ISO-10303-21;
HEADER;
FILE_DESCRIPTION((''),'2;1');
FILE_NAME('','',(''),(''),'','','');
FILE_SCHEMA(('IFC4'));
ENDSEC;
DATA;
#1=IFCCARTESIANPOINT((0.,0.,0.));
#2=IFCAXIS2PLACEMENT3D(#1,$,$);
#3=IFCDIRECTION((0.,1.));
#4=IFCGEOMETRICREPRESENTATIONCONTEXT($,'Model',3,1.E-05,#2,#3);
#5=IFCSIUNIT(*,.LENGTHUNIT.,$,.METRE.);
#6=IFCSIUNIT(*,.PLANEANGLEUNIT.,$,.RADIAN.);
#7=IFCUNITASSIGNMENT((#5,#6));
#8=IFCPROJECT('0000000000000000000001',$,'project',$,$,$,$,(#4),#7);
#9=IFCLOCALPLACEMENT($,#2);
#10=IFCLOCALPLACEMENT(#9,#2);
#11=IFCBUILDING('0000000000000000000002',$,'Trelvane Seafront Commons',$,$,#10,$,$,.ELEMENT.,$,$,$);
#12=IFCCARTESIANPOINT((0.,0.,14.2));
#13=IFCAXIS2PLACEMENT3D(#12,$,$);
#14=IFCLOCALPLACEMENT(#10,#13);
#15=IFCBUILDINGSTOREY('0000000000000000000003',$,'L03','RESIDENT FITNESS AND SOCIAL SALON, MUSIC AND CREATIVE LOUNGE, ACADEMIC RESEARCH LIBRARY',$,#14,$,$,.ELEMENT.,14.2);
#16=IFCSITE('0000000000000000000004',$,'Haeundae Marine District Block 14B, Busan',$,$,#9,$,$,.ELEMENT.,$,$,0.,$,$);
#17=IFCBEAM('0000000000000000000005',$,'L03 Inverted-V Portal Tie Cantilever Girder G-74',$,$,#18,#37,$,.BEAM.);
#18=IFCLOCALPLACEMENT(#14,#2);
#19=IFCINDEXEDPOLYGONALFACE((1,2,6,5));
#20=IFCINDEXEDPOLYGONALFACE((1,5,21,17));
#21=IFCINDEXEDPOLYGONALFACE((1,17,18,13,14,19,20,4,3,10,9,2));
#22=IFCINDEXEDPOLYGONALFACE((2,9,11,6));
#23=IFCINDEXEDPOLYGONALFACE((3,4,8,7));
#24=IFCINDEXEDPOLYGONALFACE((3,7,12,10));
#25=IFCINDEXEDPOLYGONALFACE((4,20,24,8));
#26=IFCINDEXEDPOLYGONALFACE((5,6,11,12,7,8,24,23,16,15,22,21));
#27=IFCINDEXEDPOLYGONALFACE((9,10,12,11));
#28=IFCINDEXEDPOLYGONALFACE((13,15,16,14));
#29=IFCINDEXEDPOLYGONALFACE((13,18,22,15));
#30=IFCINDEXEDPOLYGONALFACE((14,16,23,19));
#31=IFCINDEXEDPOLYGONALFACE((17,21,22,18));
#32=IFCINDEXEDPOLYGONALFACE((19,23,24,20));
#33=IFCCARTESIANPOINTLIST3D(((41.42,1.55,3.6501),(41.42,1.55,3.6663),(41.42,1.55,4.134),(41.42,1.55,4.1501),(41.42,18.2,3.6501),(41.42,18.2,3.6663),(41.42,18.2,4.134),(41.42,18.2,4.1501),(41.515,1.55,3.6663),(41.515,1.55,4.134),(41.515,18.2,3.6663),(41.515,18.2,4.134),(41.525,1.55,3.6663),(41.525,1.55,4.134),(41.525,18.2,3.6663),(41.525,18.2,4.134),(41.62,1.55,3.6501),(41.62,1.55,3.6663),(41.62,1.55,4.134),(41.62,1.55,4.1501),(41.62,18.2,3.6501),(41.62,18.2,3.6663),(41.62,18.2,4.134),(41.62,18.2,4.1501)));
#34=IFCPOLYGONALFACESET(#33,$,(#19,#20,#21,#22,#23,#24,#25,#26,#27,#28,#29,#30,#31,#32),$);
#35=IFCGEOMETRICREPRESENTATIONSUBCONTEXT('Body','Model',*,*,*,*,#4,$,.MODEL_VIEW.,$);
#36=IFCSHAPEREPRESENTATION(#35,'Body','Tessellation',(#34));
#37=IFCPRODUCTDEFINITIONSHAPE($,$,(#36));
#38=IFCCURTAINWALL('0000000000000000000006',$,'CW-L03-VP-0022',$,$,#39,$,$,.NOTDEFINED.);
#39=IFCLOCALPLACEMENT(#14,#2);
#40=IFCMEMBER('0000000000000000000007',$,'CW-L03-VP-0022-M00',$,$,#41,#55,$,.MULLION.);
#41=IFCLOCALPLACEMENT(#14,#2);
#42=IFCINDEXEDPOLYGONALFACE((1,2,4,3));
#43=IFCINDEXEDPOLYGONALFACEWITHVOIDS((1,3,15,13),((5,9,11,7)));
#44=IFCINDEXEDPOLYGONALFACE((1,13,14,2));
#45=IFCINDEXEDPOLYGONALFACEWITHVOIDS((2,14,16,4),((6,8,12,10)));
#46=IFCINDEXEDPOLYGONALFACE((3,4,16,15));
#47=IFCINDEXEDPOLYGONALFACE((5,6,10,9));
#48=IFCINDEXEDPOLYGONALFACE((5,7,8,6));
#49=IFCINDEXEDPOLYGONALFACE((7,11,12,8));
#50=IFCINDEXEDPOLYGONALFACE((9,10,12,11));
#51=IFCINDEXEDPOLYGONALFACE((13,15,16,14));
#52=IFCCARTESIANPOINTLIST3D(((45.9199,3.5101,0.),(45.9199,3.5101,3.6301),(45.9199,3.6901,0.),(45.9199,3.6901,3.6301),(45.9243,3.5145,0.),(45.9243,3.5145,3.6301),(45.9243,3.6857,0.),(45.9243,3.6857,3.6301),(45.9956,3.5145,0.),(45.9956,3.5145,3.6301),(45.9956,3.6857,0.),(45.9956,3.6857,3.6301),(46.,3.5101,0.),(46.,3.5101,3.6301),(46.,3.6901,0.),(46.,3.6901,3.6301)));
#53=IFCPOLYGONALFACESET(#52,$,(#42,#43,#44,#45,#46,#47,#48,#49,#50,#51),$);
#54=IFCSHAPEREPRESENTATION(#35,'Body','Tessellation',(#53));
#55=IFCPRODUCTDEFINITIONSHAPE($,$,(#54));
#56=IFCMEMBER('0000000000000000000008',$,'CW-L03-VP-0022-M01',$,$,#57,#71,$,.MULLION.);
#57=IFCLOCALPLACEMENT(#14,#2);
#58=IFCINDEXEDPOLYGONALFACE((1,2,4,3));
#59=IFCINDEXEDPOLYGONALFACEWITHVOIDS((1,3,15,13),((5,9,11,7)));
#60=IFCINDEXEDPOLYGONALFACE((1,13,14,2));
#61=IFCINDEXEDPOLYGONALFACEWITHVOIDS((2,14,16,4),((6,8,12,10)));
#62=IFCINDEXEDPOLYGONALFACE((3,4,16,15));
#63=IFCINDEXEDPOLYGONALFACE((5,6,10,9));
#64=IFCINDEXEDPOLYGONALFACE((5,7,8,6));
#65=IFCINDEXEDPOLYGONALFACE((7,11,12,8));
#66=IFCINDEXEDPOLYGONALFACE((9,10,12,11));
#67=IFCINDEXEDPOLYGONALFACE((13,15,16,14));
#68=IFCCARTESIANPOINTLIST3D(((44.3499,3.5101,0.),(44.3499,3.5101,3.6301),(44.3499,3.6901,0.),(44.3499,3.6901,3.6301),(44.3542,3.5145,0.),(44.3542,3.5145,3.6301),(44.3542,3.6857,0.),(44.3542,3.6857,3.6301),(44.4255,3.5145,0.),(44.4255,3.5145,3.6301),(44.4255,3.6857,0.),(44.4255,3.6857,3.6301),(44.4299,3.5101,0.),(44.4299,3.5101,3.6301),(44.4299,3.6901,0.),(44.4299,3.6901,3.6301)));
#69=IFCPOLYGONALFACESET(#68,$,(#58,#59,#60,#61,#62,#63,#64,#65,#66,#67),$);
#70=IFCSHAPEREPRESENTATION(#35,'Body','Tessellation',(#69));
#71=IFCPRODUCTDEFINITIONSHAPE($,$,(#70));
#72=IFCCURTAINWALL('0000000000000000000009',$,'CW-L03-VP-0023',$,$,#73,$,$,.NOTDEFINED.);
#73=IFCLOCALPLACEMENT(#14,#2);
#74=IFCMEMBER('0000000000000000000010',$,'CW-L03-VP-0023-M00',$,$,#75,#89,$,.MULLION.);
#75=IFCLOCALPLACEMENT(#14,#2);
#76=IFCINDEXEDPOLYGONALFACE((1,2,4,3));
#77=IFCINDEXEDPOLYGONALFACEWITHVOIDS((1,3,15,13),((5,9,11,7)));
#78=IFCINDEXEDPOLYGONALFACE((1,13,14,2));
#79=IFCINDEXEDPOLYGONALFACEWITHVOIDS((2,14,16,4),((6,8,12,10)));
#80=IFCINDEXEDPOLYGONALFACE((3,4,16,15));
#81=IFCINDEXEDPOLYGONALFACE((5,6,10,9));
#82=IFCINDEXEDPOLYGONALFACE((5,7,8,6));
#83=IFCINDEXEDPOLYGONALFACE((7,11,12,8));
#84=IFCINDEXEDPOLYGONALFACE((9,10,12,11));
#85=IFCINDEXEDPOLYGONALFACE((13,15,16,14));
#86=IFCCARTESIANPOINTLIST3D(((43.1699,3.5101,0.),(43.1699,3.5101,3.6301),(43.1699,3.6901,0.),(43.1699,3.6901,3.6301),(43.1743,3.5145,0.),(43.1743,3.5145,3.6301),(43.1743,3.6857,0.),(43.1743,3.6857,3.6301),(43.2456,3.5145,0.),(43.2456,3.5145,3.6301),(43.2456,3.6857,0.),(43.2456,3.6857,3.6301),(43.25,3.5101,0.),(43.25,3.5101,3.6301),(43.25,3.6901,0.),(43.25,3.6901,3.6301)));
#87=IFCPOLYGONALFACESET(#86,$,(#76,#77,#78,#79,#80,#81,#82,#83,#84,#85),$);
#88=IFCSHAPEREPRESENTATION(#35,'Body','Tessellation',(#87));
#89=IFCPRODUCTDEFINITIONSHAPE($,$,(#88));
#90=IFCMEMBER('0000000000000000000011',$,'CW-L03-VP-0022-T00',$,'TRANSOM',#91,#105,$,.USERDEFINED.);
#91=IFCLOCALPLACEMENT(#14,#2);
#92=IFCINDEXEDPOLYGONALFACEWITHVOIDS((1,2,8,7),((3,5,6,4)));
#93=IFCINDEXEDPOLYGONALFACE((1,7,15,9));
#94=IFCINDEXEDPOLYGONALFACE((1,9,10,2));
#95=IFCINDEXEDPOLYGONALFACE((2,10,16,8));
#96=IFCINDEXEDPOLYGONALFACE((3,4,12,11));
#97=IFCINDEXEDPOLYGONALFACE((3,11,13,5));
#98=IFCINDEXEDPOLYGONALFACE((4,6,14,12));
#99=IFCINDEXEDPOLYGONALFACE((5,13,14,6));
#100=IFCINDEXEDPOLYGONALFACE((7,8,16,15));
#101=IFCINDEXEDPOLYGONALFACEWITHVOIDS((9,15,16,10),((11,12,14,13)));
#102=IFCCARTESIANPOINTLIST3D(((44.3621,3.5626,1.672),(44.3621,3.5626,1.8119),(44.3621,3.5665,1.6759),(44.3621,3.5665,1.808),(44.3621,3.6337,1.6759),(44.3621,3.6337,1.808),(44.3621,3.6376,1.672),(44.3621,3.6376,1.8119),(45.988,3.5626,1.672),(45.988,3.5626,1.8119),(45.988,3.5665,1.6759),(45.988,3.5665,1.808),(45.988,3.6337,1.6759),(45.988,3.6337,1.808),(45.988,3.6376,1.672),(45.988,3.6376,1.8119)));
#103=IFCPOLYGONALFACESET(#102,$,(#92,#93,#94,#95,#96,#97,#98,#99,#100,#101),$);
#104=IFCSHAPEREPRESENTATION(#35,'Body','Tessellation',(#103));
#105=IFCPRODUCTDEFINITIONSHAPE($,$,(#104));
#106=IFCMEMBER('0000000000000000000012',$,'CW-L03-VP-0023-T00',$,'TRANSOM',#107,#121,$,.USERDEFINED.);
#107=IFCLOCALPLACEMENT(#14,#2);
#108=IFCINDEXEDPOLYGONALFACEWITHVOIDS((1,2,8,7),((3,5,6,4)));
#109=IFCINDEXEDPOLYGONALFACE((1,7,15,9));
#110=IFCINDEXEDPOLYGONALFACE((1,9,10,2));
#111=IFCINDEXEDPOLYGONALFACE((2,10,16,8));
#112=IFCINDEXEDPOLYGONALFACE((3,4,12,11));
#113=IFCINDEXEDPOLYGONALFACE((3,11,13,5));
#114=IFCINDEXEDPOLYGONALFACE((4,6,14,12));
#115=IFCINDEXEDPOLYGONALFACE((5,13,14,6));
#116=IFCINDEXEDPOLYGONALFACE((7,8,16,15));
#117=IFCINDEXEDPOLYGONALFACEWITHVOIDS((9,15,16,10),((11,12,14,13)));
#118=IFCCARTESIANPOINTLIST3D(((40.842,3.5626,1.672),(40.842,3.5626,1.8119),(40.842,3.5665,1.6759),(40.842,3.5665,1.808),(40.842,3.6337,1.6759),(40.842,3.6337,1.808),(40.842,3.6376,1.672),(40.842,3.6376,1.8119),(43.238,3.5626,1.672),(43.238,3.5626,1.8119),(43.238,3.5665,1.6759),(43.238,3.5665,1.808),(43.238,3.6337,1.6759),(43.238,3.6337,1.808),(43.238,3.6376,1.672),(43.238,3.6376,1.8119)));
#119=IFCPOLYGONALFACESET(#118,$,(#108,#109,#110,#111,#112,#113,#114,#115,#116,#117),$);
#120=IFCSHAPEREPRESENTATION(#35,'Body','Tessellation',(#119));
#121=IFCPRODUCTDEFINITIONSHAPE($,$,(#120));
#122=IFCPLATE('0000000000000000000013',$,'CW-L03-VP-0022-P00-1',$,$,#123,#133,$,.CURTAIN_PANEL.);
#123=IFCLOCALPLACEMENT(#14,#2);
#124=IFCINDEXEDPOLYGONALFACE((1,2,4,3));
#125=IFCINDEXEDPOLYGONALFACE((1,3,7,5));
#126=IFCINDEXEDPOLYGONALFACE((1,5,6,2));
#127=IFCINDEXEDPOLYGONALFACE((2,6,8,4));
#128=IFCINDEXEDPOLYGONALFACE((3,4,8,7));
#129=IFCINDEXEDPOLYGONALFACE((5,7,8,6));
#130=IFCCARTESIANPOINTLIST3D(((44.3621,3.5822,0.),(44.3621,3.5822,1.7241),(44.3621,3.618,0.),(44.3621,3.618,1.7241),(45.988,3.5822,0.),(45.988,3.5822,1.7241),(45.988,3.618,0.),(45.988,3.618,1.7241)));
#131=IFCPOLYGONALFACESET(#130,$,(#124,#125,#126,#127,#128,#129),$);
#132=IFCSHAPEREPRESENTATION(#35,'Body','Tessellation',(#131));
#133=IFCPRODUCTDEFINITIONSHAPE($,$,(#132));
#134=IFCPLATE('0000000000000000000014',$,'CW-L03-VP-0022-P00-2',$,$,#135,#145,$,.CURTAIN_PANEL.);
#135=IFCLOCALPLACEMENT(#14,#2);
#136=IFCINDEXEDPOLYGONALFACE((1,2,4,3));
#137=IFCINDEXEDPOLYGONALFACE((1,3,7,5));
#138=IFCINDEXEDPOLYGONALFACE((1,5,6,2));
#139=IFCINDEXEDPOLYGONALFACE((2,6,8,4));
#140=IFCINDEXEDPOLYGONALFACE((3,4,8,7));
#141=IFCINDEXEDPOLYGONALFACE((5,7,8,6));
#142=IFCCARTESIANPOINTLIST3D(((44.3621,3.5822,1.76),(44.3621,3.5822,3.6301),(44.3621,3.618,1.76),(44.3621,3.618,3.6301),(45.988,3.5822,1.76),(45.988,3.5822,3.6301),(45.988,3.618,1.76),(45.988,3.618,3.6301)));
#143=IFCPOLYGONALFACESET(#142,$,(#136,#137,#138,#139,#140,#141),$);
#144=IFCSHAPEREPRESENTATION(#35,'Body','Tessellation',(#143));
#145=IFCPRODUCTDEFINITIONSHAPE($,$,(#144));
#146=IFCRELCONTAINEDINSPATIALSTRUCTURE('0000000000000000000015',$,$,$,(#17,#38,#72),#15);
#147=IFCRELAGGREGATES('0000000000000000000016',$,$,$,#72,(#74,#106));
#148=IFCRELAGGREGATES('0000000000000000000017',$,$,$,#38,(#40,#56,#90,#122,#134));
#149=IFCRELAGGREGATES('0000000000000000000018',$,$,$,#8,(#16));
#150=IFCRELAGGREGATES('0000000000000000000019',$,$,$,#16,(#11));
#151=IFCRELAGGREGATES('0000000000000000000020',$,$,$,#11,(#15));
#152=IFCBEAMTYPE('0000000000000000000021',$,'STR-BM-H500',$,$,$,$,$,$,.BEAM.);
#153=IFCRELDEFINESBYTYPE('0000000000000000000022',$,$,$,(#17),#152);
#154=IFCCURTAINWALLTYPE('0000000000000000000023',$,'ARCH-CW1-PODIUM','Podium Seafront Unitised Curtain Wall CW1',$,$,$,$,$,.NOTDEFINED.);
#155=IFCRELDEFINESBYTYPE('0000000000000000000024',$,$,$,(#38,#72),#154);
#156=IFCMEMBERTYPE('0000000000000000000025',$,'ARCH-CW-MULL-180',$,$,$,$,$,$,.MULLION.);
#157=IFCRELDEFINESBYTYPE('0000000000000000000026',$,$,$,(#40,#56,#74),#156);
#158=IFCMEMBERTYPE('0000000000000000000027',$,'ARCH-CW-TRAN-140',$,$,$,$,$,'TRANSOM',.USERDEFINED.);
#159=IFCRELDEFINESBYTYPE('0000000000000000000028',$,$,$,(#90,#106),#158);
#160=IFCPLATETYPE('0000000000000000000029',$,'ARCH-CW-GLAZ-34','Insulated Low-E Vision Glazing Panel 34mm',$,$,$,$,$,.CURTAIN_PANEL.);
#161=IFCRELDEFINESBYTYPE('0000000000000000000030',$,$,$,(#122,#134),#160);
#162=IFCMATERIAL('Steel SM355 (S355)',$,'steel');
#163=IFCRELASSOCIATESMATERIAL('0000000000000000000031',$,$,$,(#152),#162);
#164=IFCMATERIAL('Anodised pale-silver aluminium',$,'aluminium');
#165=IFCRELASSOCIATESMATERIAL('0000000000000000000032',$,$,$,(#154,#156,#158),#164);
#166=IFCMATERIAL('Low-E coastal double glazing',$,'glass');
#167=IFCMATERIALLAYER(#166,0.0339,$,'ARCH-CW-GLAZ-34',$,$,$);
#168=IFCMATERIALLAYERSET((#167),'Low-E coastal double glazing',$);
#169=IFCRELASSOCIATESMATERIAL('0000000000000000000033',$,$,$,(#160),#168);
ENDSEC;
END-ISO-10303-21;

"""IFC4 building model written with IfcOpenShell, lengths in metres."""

from ifc_helpers import new_model, si_unit, direction, frame, origin, origin_2d, place, context, subcontext, project, spatial, rectangle, hollow_rectangle, i_section, extrude, source, transform, mapped, material, layer, layer_set, material_profile, profile_set, type_object, element, aggregate, save


model = new_model("IFC4")

# Units and contexts
model_context = context("Model", 3, precision=1e-05, world=origin(), true_north=direction((0.0, 1.0)))
body_context = subcontext(model_context, "Body", "Model", "MODEL_VIEW")
ifc_project = project(units=[si_unit("LENGTHUNIT", "METRE"), si_unit("PLANEANGLEUNIT", "RADIAN")], contexts=[model_context])

# Site, building, storey
site_placement = place(None, origin())
site = spatial("IfcSite", under=ifc_project, at=site_placement, Name="Haeundae Marine District Block 14B, Busan", CompositionType="ELEMENT", RefElevation=0.0)
building_placement = place(site_placement, origin())
building = spatial("IfcBuilding", under=site, at=building_placement, Name="Trelvane Seafront Commons", CompositionType="ELEMENT")
storey_placement = place(building_placement, frame((0.0, 0.0, 14.2)))
storey = spatial("IfcBuildingStorey", under=building, at=storey_placement, Name="L03", Description="RESIDENT FITNESS AND SOCIAL SALON, MUSIC AND CREATIVE LOUNGE, ACADEMIC RESEARCH LIBRARY", CompositionType="ELEMENT", Elevation=14.2)

# Beam
ifc_material_1 = material(Name="Steel SM355 (S355)", Category="steel")
ifc_material_profile_1 = material_profile(ifc_material_1, i_section(OverallWidth=0.2, OverallDepth=0.5, WebThickness=0.01, FlangeThickness=0.0161, at=origin_2d()), Name="H-500x200x10x16")
ifc_profile_set_1 = profile_set([ifc_material_profile_1], Name="Steel SM355 (S355)")
beam_type_1 = type_object("IfcBeamType", Name="STR-BM-H500", PredefinedType="BEAM", material=ifc_profile_set_1)
shared_shape_1 = source(origin(), body_context, "Body", "SweptSolid", [
    extrude(i_section(OverallWidth=0.2, OverallDepth=0.5, WebThickness=0.01, FlangeThickness=0.0161, at=origin_2d()), origin(), (0.0, 0.0, 1.0), 16.6499),
])
beam_1_placement = place(storey_placement, frame((41.52, 18.2, 3.9001), z_axis=(0.0, -1.0, 0.0), x_axis=(1.0, 0.0, 0.0)))
element("IfcBeam", 1, at=beam_1_placement, inside=storey, type_object=beam_type_1, Name="L03 Inverted-V Portal Tie Cantilever Girder G-74", PredefinedType="BEAM", context=body_context, shape_type="MappedRepresentation", body=[
    mapped(shared_shape_1, transform((0.0, 0.0, 0.0), x_axis=(1.0, 0.0, 0.0), y_axis=(0.0, 1.0, 0.0), z_axis=(0.0, 0.0, 1.0), scale=1.0)),
])

# Curtain wall, members
ifc_material_2 = material(Name="Anodised pale-silver aluminium", Category="aluminium")
curtain_wall_type = type_object("IfcCurtainWallType", Name="ARCH-CW1-PODIUM", Description="Podium Seafront Unitised Curtain Wall CW1", PredefinedType="NOTDEFINED", material=ifc_material_2)
curtain_wall_1_placement = place(storey_placement, origin())
curtain_wall_1 = element("IfcCurtainWall", 2, at=curtain_wall_1_placement, inside=storey, type_object=curtain_wall_type, Name="CW-L03-VP-0022", PredefinedType="NOTDEFINED")
ifc_material_profile_2 = material_profile(ifc_material_2, hollow_rectangle(XDim=0.0801, YDim=0.1799, WallThickness=0.0044, at=origin_2d()), Name="MULL-80x180x4.5")
ifc_profile_set_2 = profile_set([ifc_material_profile_2], Name="Anodised pale-silver aluminium")
member_type_1 = type_object("IfcMemberType", Name="ARCH-CW-MULL-180", PredefinedType="MULLION", material=ifc_profile_set_2)
shared_shape_2 = source(origin(), body_context, "Body", "SweptSolid", [
    extrude(hollow_rectangle(XDim=0.0801, YDim=0.1799, WallThickness=0.0044, at=origin_2d()), origin(), (0.0, 0.0, 1.0), 3.6301),
])
member_1_placement = place(storey_placement, frame((45.96, 3.6001, 0.0), z_axis=(0.0, 0.0, 1.0), x_axis=(1.0, 0.0, 0.0)))
member_1 = element("IfcMember", 3, at=member_1_placement, type_object=member_type_1, Name="CW-L03-VP-0022-M00", PredefinedType="MULLION", context=body_context, shape_type="MappedRepresentation", body=[
    mapped(shared_shape_2, transform((0.0, 0.0, 0.0), x_axis=(1.0, 0.0, 0.0), y_axis=(0.0, 1.0, 0.0), z_axis=(0.0, 0.0, 1.0), scale=1.0)),
])
member_2_placement = place(storey_placement, frame((44.3899, 3.6001, 0.0), z_axis=(0.0, 0.0, 1.0), x_axis=(1.0, 0.0, 0.0)))
member_2 = element("IfcMember", 4, at=member_2_placement, type_object=member_type_1, Name="CW-L03-VP-0022-M01", PredefinedType="MULLION", context=body_context, shape_type="MappedRepresentation", body=[
    mapped(shared_shape_2, transform((0.0, 0.0, 0.0), x_axis=(1.0, 0.0, 0.0), y_axis=(0.0, 1.0, 0.0), z_axis=(0.0, 0.0, 1.0), scale=1.0)),
])

# Curtain wall, member
curtain_wall_2_placement = place(storey_placement, origin())
curtain_wall_2 = element("IfcCurtainWall", 5, at=curtain_wall_2_placement, inside=storey, type_object=curtain_wall_type, Name="CW-L03-VP-0023", PredefinedType="NOTDEFINED")
member_3_placement = place(storey_placement, frame((43.21, 3.6001, 0.0), z_axis=(0.0, 0.0, 1.0), x_axis=(1.0, 0.0, 0.0)))
member_3 = element("IfcMember", 6, at=member_3_placement, type_object=member_type_1, Name="CW-L03-VP-0023-M00", PredefinedType="MULLION", context=body_context, shape_type="MappedRepresentation", body=[
    mapped(shared_shape_2, transform((0.0, 0.0, 0.0), x_axis=(1.0, 0.0, 0.0), y_axis=(0.0, 1.0, 0.0), z_axis=(0.0, 0.0, 1.0), scale=1.0)),
])

# Members
ifc_material_profile_3 = material_profile(ifc_material_2, hollow_rectangle(XDim=0.075, YDim=0.1399, WallThickness=0.0039, at=origin_2d()), Name="TRAN-75x140x4")
ifc_profile_set_3 = profile_set([ifc_material_profile_3], Name="Anodised pale-silver aluminium")
member_type_2 = type_object("IfcMemberType", Name="ARCH-CW-TRAN-140", ElementType="TRANSOM", PredefinedType="USERDEFINED", material=ifc_profile_set_3)
shared_shape_3 = source(origin(), body_context, "Body", "SweptSolid", [
    extrude(hollow_rectangle(XDim=0.075, YDim=0.1399, WallThickness=0.0039, at=origin_2d()), origin(), (0.0, 0.0, 1.0), 1.626),
])
member_4_placement = place(storey_placement, frame((45.988, 3.6001, 1.7419), z_axis=(-1.0, 0.0, 0.0), x_axis=(0.0, -1.0, 0.0)))
member_4 = element("IfcMember", 7, at=member_4_placement, type_object=member_type_2, Name="CW-L03-VP-0022-T00", ObjectType="TRANSOM", PredefinedType="USERDEFINED", context=body_context, shape_type="MappedRepresentation", body=[
    mapped(shared_shape_3, transform((0.0, 0.0, 0.0), x_axis=(1.0, 0.0, 0.0), y_axis=(0.0, 1.0, 0.0), z_axis=(0.0, 0.0, 1.0), scale=1.0)),
])
shared_shape_4 = source(origin(), body_context, "Body", "SweptSolid", [
    extrude(hollow_rectangle(XDim=0.075, YDim=0.1399, WallThickness=0.0039, at=origin_2d()), origin(), (0.0, 0.0, 1.0), 2.396),
])
member_5_placement = place(storey_placement, frame((43.238, 3.6001, 1.7419), z_axis=(-1.0, 0.0, 0.0), x_axis=(0.0, -1.0, 0.0)))
member_5 = element("IfcMember", 8, at=member_5_placement, type_object=member_type_2, Name="CW-L03-VP-0023-T00", ObjectType="TRANSOM", PredefinedType="USERDEFINED", context=body_context, shape_type="MappedRepresentation", body=[
    mapped(shared_shape_4, transform((0.0, 0.0, 0.0), x_axis=(1.0, 0.0, 0.0), y_axis=(0.0, 1.0, 0.0), z_axis=(0.0, 0.0, 1.0), scale=1.0)),
])
aggregate(curtain_wall_2, [member_3, member_5])

# Plates
ifc_material_3 = material(Name="Low-E coastal double glazing", Category="glass")
ifc_layer_1 = layer(ifc_material_3, 0.0339, Name="ARCH-CW-GLAZ-34")
ifc_layer_set_1 = layer_set([ifc_layer_1], Name="Low-E coastal double glazing")
plate_type = type_object("IfcPlateType", Name="ARCH-CW-GLAZ-34", Description="Insulated Low-E Vision Glazing Panel 34mm", PredefinedType="CURTAIN_PANEL", material=ifc_layer_set_1)
shared_shape_5 = source(origin(), body_context, "Body", "SweptSolid", [
    extrude(rectangle(XDim=1.626, YDim=0.0359, at=origin_2d()), origin(), (0.0, 0.0, 1.0), 1.7241),
])
plate_1_placement = place(storey_placement, frame((45.175, 3.6001, 0.0), z_axis=(0.0, 0.0, 1.0), x_axis=(-1.0, 0.0, 0.0)))
plate_1 = element("IfcPlate", 9, at=plate_1_placement, type_object=plate_type, Name="CW-L03-VP-0022-P00-1", PredefinedType="CURTAIN_PANEL", context=body_context, shape_type="MappedRepresentation", body=[
    mapped(shared_shape_5, transform((0.0, 0.0, 0.0), x_axis=(1.0, 0.0, 0.0), y_axis=(0.0, 1.0, 0.0), z_axis=(0.0, 0.0, 1.0), scale=1.0)),
])
shared_shape_6 = source(origin(), body_context, "Body", "SweptSolid", [
    extrude(rectangle(XDim=1.626, YDim=0.0359, at=origin_2d()), origin(), (0.0, 0.0, 1.0), 1.8701),
])
plate_2_placement = place(storey_placement, frame((45.175, 3.6001, 1.76), z_axis=(0.0, 0.0, 1.0), x_axis=(-1.0, 0.0, 0.0)))
plate_2 = element("IfcPlate", 10, at=plate_2_placement, type_object=plate_type, Name="CW-L03-VP-0022-P00-2", PredefinedType="CURTAIN_PANEL", context=body_context, shape_type="MappedRepresentation", body=[
    mapped(shared_shape_6, transform((0.0, 0.0, 0.0), x_axis=(1.0, 0.0, 0.0), y_axis=(0.0, 1.0, 0.0), z_axis=(0.0, 0.0, 1.0), scale=1.0)),
])
aggregate(curtain_wall_1, [member_1, member_2, member_4, plate_1, plate_2])

save(model, "model.ifc")
